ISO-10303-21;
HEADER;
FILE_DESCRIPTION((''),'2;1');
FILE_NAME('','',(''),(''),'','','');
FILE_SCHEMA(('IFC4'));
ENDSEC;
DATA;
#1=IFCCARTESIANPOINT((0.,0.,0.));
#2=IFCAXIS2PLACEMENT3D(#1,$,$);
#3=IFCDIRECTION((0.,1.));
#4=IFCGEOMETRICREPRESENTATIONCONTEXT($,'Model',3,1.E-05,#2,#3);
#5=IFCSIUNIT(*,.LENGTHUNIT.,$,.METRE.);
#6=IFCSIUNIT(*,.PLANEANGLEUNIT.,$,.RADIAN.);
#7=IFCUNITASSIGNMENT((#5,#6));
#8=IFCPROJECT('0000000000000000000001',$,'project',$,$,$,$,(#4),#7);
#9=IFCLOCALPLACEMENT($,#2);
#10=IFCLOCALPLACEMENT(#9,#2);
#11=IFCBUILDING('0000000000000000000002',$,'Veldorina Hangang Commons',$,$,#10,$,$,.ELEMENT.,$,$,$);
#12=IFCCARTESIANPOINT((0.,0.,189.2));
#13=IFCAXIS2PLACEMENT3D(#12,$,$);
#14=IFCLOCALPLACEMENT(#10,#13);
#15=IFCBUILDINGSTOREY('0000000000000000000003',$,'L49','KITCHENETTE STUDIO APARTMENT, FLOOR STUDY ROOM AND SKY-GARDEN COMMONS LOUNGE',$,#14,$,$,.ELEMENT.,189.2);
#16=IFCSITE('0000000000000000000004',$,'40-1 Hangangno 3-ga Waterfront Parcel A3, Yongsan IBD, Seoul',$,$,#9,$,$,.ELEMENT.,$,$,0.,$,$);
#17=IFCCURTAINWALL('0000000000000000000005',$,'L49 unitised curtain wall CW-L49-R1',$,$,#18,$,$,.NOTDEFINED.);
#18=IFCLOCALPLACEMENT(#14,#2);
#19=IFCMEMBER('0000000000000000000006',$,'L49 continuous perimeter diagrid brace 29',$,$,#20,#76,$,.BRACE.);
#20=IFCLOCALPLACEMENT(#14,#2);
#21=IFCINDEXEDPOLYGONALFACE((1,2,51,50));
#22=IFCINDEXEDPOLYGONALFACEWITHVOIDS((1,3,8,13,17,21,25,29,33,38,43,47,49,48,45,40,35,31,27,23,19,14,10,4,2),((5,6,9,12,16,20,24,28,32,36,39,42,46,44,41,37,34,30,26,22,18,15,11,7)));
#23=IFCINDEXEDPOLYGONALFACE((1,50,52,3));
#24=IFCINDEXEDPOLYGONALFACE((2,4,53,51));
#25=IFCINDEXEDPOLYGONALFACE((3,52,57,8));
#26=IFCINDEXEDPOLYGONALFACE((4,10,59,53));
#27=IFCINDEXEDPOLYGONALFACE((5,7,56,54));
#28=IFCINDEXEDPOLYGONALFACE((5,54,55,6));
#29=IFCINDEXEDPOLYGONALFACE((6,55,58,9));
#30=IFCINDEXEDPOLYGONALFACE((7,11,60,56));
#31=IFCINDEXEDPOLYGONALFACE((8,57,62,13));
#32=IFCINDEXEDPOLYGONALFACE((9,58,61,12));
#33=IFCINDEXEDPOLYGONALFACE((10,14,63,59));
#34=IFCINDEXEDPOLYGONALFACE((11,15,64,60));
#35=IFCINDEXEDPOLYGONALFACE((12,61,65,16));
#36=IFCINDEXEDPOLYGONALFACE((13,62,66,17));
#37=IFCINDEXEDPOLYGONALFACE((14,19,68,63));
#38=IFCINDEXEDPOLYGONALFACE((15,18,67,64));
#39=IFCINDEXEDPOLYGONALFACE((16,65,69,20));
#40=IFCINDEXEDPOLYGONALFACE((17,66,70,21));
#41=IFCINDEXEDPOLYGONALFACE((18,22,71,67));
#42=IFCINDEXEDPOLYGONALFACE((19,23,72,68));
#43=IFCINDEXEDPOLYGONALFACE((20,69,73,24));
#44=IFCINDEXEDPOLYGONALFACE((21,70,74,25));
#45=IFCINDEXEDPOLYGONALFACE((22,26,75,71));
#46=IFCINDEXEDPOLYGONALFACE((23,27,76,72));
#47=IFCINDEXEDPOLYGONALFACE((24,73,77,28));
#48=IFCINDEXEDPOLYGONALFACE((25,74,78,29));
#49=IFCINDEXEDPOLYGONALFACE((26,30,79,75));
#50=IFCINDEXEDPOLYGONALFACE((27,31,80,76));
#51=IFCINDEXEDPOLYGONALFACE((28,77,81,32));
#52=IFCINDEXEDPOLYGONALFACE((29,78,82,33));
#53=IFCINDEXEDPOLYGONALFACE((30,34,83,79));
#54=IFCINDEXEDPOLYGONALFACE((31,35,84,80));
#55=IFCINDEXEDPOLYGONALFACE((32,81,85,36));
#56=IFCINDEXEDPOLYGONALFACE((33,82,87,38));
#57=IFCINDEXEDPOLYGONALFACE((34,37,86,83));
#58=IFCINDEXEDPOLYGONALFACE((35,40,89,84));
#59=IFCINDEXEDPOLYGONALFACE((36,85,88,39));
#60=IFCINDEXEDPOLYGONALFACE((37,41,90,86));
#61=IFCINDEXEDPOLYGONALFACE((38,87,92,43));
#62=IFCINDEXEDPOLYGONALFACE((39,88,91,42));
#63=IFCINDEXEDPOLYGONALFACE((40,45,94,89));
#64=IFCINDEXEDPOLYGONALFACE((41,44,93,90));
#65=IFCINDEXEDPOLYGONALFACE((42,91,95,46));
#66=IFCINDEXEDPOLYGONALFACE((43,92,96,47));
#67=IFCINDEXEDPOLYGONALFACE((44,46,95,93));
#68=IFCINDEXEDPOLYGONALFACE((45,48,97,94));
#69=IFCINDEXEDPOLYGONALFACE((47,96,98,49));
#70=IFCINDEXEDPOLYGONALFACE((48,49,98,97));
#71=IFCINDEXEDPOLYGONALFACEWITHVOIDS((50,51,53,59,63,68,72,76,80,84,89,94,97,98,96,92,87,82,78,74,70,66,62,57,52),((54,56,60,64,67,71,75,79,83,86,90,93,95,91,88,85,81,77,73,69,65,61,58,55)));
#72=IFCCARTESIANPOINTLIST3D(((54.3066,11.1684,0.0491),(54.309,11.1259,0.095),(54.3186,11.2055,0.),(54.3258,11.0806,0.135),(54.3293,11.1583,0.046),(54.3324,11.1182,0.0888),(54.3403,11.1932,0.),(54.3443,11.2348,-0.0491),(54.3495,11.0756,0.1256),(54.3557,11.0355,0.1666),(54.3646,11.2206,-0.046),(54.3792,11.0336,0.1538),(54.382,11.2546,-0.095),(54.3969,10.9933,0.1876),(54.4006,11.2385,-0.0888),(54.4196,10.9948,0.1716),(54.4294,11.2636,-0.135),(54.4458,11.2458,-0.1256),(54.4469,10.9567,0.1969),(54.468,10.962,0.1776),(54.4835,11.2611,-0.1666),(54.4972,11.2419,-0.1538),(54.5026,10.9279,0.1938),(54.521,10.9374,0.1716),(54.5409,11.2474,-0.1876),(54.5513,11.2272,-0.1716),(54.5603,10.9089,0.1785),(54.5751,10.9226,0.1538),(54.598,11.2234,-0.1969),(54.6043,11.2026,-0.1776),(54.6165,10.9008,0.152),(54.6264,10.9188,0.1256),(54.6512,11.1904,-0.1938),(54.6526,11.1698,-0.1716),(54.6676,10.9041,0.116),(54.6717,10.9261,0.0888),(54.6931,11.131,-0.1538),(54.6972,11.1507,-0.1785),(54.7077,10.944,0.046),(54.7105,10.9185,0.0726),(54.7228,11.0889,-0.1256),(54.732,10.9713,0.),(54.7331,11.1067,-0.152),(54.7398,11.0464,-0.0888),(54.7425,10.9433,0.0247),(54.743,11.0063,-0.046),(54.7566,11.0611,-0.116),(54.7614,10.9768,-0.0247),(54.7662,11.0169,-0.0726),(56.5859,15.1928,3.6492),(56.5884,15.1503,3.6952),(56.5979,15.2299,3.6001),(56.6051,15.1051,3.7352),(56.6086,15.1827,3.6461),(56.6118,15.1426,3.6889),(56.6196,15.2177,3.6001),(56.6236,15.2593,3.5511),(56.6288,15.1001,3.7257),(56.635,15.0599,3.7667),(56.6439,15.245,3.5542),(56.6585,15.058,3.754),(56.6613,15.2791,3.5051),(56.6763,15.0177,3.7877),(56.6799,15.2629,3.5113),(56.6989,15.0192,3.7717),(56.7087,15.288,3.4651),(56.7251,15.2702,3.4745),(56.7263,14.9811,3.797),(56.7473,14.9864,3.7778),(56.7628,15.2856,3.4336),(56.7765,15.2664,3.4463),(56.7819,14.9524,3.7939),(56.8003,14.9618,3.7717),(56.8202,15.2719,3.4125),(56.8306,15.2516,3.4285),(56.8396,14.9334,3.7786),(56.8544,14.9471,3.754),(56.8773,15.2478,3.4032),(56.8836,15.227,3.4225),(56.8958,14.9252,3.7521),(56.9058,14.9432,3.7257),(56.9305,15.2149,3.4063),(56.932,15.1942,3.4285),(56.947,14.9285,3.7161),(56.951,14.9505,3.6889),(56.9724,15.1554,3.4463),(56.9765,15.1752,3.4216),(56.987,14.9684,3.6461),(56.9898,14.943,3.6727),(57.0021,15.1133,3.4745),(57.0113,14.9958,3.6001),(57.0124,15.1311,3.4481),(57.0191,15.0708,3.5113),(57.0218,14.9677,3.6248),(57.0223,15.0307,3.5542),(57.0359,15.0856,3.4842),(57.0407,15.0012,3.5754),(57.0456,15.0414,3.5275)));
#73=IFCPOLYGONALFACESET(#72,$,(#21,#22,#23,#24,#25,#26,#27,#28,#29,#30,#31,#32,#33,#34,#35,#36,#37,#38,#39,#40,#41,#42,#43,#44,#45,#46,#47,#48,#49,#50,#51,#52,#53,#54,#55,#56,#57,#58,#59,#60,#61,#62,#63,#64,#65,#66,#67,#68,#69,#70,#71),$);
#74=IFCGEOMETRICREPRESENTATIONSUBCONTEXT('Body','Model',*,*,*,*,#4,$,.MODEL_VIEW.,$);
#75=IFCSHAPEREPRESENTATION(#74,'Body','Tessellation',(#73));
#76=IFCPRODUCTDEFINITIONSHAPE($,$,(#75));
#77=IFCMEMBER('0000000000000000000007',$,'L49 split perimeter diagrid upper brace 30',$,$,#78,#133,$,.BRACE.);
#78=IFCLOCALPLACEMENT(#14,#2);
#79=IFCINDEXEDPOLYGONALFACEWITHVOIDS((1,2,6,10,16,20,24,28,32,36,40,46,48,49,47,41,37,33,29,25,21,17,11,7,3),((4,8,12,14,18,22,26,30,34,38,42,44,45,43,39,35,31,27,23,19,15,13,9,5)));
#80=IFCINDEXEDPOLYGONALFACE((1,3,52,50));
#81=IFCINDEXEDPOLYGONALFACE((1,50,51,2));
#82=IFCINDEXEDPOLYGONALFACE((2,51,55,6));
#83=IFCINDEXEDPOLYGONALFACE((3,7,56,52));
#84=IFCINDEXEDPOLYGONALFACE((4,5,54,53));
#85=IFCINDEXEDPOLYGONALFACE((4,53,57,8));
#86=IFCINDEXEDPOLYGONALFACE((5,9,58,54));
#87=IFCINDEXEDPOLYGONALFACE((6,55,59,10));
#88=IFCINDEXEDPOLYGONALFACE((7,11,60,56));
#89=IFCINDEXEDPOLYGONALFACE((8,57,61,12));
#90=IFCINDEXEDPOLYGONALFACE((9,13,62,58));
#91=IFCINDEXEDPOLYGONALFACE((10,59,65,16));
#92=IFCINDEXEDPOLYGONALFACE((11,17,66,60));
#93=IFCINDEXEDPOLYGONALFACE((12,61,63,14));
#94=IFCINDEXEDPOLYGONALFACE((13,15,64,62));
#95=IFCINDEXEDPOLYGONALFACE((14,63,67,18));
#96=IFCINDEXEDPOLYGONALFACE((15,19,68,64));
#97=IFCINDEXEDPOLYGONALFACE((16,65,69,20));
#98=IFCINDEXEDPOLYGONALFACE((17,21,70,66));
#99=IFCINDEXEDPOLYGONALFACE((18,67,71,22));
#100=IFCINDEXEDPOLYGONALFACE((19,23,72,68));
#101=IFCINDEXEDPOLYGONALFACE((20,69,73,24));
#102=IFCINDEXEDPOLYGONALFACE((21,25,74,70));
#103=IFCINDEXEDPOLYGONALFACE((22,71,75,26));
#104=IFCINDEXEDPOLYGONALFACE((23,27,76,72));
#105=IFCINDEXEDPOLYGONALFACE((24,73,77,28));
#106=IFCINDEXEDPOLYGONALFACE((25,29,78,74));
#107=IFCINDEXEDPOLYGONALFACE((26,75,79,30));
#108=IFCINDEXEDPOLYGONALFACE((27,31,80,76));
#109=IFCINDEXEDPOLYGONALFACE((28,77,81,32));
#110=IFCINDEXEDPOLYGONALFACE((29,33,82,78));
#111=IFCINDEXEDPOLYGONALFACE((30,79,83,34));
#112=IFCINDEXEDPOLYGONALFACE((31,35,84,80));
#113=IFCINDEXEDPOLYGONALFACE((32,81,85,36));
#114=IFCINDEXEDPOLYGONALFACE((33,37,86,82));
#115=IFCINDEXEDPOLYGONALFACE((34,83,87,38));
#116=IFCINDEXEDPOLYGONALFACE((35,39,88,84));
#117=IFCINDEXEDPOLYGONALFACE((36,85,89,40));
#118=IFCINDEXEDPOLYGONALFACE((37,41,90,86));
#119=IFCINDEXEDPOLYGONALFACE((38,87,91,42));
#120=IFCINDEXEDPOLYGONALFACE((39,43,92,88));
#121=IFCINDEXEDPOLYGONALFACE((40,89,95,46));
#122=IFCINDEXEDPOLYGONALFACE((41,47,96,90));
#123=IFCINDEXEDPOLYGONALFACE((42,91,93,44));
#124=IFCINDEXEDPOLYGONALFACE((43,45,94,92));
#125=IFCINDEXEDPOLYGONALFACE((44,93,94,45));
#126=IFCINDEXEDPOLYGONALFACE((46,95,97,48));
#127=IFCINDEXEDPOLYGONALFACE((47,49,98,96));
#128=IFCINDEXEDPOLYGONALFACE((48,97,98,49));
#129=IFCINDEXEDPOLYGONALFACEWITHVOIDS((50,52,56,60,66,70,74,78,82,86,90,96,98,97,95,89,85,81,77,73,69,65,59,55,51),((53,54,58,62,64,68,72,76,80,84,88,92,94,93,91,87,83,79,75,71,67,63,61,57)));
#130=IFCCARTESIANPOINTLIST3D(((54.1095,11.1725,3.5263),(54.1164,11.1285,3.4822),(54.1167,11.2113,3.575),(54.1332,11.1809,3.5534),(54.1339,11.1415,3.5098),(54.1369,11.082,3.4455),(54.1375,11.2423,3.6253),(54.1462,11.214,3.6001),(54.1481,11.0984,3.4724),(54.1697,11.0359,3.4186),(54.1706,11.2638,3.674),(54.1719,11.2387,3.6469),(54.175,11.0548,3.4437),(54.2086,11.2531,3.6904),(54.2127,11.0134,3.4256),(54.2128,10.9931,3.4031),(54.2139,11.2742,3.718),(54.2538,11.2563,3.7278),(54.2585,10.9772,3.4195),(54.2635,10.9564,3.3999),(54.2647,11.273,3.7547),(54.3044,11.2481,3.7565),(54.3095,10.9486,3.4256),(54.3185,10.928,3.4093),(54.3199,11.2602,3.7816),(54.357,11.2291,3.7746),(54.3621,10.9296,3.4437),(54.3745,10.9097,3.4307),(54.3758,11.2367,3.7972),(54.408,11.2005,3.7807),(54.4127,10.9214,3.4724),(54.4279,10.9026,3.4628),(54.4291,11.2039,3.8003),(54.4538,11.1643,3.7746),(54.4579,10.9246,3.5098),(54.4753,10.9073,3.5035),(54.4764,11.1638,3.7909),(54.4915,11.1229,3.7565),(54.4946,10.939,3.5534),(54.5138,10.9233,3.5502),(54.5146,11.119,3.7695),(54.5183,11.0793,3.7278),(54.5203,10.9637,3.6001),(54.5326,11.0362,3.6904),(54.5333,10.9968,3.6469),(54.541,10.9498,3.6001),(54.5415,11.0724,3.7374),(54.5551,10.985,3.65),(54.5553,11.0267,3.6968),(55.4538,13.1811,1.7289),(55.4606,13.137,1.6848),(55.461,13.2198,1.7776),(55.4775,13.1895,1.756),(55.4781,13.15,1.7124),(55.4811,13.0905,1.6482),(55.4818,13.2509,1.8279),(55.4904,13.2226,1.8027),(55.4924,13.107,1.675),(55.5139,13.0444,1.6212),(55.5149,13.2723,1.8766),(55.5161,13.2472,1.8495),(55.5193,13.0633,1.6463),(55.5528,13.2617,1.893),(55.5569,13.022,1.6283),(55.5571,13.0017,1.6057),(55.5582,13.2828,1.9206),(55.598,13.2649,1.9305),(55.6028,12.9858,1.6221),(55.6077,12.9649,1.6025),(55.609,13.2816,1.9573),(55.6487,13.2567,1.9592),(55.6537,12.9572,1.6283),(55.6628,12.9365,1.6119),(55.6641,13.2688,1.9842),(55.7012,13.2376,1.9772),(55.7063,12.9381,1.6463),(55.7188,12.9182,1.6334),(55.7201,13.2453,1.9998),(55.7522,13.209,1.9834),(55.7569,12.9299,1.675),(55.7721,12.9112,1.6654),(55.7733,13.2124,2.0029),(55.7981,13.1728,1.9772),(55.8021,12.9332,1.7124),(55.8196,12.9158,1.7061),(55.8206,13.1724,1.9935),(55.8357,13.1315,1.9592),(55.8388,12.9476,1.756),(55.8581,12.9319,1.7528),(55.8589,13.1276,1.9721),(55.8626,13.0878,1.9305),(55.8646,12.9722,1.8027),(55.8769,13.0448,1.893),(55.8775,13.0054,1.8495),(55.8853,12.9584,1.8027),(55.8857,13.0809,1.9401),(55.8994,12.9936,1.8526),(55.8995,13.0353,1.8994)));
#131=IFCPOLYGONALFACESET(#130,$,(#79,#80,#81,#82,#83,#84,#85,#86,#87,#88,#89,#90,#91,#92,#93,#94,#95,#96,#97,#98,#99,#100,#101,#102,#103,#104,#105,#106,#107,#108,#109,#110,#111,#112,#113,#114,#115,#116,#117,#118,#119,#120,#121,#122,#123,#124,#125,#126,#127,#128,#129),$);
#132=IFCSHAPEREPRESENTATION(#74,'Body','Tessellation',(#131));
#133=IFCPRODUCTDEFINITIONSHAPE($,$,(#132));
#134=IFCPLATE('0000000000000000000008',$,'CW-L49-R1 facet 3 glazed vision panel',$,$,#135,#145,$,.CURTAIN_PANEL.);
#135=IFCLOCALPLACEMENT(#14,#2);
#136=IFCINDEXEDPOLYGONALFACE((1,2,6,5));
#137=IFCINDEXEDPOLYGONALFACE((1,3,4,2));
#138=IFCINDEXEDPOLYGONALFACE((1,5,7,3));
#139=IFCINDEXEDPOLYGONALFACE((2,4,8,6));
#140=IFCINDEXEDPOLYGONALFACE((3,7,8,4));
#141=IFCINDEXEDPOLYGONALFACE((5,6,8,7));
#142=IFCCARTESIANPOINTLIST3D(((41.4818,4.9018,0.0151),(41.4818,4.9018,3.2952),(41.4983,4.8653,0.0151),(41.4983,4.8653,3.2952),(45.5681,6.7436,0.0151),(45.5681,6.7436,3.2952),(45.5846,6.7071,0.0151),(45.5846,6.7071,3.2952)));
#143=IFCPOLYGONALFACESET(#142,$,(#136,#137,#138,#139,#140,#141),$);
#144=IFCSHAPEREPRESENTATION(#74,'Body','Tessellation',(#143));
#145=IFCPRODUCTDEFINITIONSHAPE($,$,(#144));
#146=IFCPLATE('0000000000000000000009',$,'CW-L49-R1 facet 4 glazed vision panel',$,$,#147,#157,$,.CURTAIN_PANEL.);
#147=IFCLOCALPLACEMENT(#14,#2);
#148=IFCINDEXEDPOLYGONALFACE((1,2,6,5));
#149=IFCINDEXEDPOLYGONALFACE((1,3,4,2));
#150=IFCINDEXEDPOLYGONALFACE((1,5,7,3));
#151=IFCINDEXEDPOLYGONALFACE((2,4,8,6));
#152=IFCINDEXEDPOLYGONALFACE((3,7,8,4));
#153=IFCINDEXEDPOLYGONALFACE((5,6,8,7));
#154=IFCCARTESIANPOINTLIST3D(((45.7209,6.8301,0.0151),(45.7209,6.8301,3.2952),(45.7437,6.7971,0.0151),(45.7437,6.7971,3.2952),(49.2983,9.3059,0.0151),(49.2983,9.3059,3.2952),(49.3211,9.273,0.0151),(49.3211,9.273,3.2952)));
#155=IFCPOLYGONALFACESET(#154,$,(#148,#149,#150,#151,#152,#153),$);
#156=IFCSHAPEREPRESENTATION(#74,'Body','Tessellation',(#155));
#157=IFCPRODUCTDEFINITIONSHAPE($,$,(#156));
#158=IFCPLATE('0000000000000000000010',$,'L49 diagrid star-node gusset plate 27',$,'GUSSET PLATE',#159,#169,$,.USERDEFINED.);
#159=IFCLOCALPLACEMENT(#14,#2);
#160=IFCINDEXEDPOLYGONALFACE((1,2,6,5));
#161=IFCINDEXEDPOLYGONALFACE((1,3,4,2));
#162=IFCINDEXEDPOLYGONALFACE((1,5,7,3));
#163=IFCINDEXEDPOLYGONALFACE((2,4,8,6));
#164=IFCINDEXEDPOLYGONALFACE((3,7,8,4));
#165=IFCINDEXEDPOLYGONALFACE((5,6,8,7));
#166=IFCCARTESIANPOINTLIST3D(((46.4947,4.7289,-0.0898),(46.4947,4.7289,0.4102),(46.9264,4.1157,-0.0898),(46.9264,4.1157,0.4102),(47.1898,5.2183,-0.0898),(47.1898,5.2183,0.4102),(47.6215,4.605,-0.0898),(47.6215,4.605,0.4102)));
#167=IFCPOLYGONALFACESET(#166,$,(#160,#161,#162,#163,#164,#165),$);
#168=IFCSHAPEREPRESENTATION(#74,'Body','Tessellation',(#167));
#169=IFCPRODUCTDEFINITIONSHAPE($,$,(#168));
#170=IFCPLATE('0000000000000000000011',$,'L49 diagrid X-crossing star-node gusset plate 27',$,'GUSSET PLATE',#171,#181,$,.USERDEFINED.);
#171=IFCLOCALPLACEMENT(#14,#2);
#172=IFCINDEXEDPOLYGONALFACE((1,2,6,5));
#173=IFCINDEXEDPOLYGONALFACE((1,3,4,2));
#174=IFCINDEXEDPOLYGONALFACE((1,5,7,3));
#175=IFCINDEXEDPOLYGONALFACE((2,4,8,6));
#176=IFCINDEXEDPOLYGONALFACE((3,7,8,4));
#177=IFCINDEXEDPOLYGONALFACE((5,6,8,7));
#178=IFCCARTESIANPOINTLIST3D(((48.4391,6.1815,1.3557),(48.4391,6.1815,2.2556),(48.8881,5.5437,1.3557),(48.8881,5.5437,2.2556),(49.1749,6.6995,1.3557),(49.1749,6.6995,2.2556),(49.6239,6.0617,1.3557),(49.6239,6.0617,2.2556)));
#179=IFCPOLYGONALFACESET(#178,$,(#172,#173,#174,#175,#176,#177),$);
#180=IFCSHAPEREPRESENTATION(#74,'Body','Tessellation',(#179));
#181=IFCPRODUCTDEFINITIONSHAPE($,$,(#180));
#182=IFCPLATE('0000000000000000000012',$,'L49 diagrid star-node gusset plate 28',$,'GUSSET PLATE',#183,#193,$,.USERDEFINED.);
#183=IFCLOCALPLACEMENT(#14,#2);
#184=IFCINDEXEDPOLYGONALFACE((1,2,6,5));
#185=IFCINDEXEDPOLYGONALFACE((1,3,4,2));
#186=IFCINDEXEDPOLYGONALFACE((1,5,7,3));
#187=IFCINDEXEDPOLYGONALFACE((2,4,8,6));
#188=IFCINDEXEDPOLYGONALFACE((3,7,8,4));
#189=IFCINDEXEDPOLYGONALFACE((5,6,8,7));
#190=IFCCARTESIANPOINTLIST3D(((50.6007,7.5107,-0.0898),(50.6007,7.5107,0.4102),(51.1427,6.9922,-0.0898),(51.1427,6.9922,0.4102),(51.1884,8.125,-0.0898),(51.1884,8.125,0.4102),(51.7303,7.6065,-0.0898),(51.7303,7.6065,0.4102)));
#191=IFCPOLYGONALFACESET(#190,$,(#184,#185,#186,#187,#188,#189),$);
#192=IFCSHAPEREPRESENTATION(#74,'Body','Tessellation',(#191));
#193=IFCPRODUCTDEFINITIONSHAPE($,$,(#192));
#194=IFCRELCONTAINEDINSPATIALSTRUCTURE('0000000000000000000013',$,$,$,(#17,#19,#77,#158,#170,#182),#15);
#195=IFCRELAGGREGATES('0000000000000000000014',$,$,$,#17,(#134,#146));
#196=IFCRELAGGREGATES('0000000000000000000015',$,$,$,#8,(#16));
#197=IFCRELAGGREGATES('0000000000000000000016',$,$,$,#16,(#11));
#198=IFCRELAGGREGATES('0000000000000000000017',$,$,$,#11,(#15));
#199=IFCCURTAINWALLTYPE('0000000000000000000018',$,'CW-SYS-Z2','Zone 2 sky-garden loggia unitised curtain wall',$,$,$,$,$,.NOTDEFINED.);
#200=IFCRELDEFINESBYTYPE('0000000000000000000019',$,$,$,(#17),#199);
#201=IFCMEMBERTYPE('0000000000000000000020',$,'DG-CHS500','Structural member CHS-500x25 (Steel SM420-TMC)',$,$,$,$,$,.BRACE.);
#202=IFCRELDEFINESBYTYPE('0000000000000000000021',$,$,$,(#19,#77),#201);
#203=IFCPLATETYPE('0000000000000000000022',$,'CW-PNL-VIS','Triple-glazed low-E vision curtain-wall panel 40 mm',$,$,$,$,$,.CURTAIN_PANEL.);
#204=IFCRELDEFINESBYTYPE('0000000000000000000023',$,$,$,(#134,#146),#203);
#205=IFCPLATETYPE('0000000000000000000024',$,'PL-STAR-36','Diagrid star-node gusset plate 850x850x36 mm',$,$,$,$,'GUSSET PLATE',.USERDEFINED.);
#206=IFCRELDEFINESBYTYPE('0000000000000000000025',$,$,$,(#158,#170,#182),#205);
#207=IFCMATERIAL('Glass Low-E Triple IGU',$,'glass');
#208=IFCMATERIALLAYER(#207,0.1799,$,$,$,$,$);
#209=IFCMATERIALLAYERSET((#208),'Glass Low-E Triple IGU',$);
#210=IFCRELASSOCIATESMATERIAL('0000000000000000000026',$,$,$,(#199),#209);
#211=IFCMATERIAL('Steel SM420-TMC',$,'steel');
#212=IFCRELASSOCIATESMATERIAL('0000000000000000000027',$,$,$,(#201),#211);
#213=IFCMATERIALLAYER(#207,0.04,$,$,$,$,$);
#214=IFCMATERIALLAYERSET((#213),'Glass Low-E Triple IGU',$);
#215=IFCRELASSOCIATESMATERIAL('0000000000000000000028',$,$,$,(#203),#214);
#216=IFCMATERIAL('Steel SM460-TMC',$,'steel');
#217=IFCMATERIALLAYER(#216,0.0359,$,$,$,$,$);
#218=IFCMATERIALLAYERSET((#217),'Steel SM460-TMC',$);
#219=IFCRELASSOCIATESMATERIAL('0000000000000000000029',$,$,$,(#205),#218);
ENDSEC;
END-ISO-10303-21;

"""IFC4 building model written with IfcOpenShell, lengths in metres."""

from ifc_helpers import new_model, si_unit, direction, frame, origin, origin_2d, place, context, subcontext, project, spatial, rectangle, hollow_circle, extrude, material, layer, layer_set, material_profile, profile_set, type_object, element, aggregate, save


model = new_model("IFC4")

# Units and contexts
model_context = context("Model", 3, precision=1e-05, world=origin(), true_north=direction((0.0, 1.0)))
body_context = subcontext(model_context, "Body", "Model", "MODEL_VIEW")
ifc_project = project(units=[si_unit("LENGTHUNIT", "METRE"), si_unit("PLANEANGLEUNIT", "RADIAN")], contexts=[model_context])

# Site, building, storey
site_placement = place(None, origin())
site = spatial("IfcSite", under=ifc_project, at=site_placement, Name="40-1 Hangangno 3-ga Waterfront Parcel A3, Yongsan IBD, Seoul", CompositionType="ELEMENT", RefElevation=0.0)
building_placement = place(site_placement, origin())
building = spatial("IfcBuilding", under=site, at=building_placement, Name="Veldorina Hangang Commons", CompositionType="ELEMENT")
storey_placement = place(building_placement, frame((0.0, 0.0, 189.2)))
storey = spatial("IfcBuildingStorey", under=building, at=storey_placement, Name="L49", Description="KITCHENETTE STUDIO APARTMENT, FLOOR STUDY ROOM AND SKY-GARDEN COMMONS LOUNGE", CompositionType="ELEMENT", Elevation=189.2)

# Shared definitions
ifc_material_1 = material(Name="Steel SM420-TMC", Category="steel")

# Curtain wall
ifc_material_2 = material(Name="Glass Low-E Triple IGU", Category="glass")
ifc_layer_1 = layer(ifc_material_2, 0.1799)
ifc_layer_set_1 = layer_set([ifc_layer_1], Name="Glass Low-E Triple IGU")
curtain_wall_type = type_object("IfcCurtainWallType", Name="CW-SYS-Z2", Description="Zone 2 sky-garden loggia unitised curtain wall", PredefinedType="NOTDEFINED", material=ifc_layer_set_1)
curtain_wall_1_placement = place(storey_placement, origin())
curtain_wall_1 = element("IfcCurtainWall", 1, at=curtain_wall_1_placement, inside=storey, type_object=curtain_wall_type, Name="L49 unitised curtain wall CW-L49-R1", PredefinedType="NOTDEFINED")

# Members
ifc_material_profile_1 = material_profile(ifc_material_1, hollow_circle(Radius=0.25, WallThickness=0.0249, at=origin_2d()), Name="CHS-500x25")
ifc_profile_set_1 = profile_set([ifc_material_profile_1], Name="Steel SM420-TMC")
member_type_1 = type_object("IfcMemberType", Name="DG-CHS500", Description="Structural member CHS-500x25 (Steel SM420-TMC)", PredefinedType="BRACE", material=ifc_profile_set_1)
member_1_placement = place(storey_placement, frame((54.5361, 11.0823, 0.0), z_axis=(0.388889, 0.686638, 0.614242), x_axis=(-0.870134, 0.492815, 0.0)))
element("IfcMember", 2, at=member_1_placement, inside=storey, type_object=member_type_1, Name="L49 continuous perimeter diagrid brace 29", PredefinedType="BRACE", context=body_context, shape_type="SweptSolid", body=[
    extrude(hollow_circle(Radius=0.25, WallThickness=0.0249, at=origin_2d()), origin(), (0.0, 0.0, 1.0), 5.8611),
])
member_2_placement = place(storey_placement, frame((55.6775, 13.0974, 1.8027), z_axis=(-0.446304, -0.666862, 0.596747), x_axis=(0.831054, -0.556191, 0.0)))
element("IfcMember", 3, at=member_2_placement, inside=storey, type_object=member_type_1, Name="L49 split perimeter diagrid upper brace 30", PredefinedType="BRACE", context=body_context, shape_type="SweptSolid", body=[
    extrude(hollow_circle(Radius=0.25, WallThickness=0.0249, at=origin_2d()), origin(), (0.0, 0.0, 1.0), 3.012),
])

# Plates
ifc_layer_2 = layer(ifc_material_2, 0.04)
ifc_layer_set_2 = layer_set([ifc_layer_2], Name="Glass Low-E Triple IGU")
plate_type_1 = type_object("IfcPlateType", Name="CW-PNL-VIS", Description="Triple-glazed low-E vision curtain-wall panel 40 mm", PredefinedType="CURTAIN_PANEL", material=ifc_layer_set_2)
plate_1_placement = place(storey_placement, frame((43.5332, 5.8044, 0.0151), z_axis=(0.0, 0.0, 1.0), x_axis=(0.911669, 0.410926, 0.0)))
plate_1 = element("IfcPlate", 4, at=plate_1_placement, type_object=plate_type_1, Name="CW-L49-R1 facet 3 glazed vision panel", PredefinedType="CURTAIN_PANEL", context=body_context, shape_type="SweptSolid", body=[
    extrude(rectangle(XDim=4.4822, YDim=0.04, at=origin_2d()), origin(), (0.0, 0.0, 1.0), 3.28),
])
plate_2_placement = place(storey_placement, frame((47.521, 8.0515, 0.0151), z_axis=(0.0, 0.0, 1.0), x_axis=(0.822283, 0.569079, 0.0)))
plate_2 = element("IfcPlate", 5, at=plate_2_placement, type_object=plate_type_1, Name="CW-L49-R1 facet 4 glazed vision panel", PredefinedType="CURTAIN_PANEL", context=body_context, shape_type="SweptSolid", body=[
    extrude(rectangle(XDim=4.3506, YDim=0.04, at=origin_2d()), origin(), (0.0, 0.0, 1.0), 3.28),
])
aggregate(curtain_wall_1, [plate_1, plate_2])

# Plates
ifc_material_3 = material(Name="Steel SM460-TMC", Category="steel")
ifc_layer_3 = layer(ifc_material_3, 0.0359)
ifc_layer_set_3 = layer_set([ifc_layer_3], Name="Steel SM460-TMC")
plate_type_2 = type_object("IfcPlateType", Name="PL-STAR-36", Description="Diagrid star-node gusset plate 850x850x36 mm", ElementType="GUSSET PLATE", PredefinedType="USERDEFINED", material=ifc_layer_set_3)
plate_3_placement = place(storey_placement, frame((47.0581, 4.667, -0.0898), z_axis=(0.0, 0.0, 1.0), x_axis=(0.817688, 0.575662, 0.0)))
element("IfcPlate", 6, at=plate_3_placement, inside=storey, type_object=plate_type_2, Name="L49 diagrid star-node gusset plate 27", ObjectType="GUSSET PLATE", PredefinedType="USERDEFINED", context=body_context, shape_type="SweptSolid", body=[
    extrude(rectangle(XDim=0.8501, YDim=0.75, at=origin_2d()), origin(), (0.0, 0.0, 1.0), 0.5),
])
plate_4_placement = place(storey_placement, frame((49.0315, 6.1216, 1.3557), z_axis=(0.0, 0.0, 1.0), x_axis=(0.817688, 0.575662, 0.0)))
element("IfcPlate", 7, at=plate_4_placement, inside=storey, type_object=plate_type_2, Name="L49 diagrid X-crossing star-node gusset plate 27", ObjectType="GUSSET PLATE", PredefinedType="USERDEFINED", context=body_context, shape_type="SweptSolid", body=[
    extrude(rectangle(XDim=0.8999, YDim=0.78, at=origin_2d()), origin(), (0.0, 0.0, 1.0), 0.8999),
])
for number, where, z_axis, x_axis, name in (
    (8, (51.1655, 7.5586, -0.0898), (0.0, 0.0, 1.0), (0.691261, 0.722605, 0.0), "L49 diagrid star-node gusset plate 28"),
):
    element("IfcPlate", number, at=place(storey_placement, frame(where, z_axis=z_axis, x_axis=x_axis)), inside=storey, type_object=plate_type_2, Name=name, ObjectType="GUSSET PLATE", PredefinedType="USERDEFINED", context=body_context, shape_type="SweptSolid", body=[
        extrude(rectangle(XDim=0.8501, YDim=0.75, at=origin_2d()), origin(), (0.0, 0.0, 1.0), 0.5),
    ])

save(model, "model.ifc")
